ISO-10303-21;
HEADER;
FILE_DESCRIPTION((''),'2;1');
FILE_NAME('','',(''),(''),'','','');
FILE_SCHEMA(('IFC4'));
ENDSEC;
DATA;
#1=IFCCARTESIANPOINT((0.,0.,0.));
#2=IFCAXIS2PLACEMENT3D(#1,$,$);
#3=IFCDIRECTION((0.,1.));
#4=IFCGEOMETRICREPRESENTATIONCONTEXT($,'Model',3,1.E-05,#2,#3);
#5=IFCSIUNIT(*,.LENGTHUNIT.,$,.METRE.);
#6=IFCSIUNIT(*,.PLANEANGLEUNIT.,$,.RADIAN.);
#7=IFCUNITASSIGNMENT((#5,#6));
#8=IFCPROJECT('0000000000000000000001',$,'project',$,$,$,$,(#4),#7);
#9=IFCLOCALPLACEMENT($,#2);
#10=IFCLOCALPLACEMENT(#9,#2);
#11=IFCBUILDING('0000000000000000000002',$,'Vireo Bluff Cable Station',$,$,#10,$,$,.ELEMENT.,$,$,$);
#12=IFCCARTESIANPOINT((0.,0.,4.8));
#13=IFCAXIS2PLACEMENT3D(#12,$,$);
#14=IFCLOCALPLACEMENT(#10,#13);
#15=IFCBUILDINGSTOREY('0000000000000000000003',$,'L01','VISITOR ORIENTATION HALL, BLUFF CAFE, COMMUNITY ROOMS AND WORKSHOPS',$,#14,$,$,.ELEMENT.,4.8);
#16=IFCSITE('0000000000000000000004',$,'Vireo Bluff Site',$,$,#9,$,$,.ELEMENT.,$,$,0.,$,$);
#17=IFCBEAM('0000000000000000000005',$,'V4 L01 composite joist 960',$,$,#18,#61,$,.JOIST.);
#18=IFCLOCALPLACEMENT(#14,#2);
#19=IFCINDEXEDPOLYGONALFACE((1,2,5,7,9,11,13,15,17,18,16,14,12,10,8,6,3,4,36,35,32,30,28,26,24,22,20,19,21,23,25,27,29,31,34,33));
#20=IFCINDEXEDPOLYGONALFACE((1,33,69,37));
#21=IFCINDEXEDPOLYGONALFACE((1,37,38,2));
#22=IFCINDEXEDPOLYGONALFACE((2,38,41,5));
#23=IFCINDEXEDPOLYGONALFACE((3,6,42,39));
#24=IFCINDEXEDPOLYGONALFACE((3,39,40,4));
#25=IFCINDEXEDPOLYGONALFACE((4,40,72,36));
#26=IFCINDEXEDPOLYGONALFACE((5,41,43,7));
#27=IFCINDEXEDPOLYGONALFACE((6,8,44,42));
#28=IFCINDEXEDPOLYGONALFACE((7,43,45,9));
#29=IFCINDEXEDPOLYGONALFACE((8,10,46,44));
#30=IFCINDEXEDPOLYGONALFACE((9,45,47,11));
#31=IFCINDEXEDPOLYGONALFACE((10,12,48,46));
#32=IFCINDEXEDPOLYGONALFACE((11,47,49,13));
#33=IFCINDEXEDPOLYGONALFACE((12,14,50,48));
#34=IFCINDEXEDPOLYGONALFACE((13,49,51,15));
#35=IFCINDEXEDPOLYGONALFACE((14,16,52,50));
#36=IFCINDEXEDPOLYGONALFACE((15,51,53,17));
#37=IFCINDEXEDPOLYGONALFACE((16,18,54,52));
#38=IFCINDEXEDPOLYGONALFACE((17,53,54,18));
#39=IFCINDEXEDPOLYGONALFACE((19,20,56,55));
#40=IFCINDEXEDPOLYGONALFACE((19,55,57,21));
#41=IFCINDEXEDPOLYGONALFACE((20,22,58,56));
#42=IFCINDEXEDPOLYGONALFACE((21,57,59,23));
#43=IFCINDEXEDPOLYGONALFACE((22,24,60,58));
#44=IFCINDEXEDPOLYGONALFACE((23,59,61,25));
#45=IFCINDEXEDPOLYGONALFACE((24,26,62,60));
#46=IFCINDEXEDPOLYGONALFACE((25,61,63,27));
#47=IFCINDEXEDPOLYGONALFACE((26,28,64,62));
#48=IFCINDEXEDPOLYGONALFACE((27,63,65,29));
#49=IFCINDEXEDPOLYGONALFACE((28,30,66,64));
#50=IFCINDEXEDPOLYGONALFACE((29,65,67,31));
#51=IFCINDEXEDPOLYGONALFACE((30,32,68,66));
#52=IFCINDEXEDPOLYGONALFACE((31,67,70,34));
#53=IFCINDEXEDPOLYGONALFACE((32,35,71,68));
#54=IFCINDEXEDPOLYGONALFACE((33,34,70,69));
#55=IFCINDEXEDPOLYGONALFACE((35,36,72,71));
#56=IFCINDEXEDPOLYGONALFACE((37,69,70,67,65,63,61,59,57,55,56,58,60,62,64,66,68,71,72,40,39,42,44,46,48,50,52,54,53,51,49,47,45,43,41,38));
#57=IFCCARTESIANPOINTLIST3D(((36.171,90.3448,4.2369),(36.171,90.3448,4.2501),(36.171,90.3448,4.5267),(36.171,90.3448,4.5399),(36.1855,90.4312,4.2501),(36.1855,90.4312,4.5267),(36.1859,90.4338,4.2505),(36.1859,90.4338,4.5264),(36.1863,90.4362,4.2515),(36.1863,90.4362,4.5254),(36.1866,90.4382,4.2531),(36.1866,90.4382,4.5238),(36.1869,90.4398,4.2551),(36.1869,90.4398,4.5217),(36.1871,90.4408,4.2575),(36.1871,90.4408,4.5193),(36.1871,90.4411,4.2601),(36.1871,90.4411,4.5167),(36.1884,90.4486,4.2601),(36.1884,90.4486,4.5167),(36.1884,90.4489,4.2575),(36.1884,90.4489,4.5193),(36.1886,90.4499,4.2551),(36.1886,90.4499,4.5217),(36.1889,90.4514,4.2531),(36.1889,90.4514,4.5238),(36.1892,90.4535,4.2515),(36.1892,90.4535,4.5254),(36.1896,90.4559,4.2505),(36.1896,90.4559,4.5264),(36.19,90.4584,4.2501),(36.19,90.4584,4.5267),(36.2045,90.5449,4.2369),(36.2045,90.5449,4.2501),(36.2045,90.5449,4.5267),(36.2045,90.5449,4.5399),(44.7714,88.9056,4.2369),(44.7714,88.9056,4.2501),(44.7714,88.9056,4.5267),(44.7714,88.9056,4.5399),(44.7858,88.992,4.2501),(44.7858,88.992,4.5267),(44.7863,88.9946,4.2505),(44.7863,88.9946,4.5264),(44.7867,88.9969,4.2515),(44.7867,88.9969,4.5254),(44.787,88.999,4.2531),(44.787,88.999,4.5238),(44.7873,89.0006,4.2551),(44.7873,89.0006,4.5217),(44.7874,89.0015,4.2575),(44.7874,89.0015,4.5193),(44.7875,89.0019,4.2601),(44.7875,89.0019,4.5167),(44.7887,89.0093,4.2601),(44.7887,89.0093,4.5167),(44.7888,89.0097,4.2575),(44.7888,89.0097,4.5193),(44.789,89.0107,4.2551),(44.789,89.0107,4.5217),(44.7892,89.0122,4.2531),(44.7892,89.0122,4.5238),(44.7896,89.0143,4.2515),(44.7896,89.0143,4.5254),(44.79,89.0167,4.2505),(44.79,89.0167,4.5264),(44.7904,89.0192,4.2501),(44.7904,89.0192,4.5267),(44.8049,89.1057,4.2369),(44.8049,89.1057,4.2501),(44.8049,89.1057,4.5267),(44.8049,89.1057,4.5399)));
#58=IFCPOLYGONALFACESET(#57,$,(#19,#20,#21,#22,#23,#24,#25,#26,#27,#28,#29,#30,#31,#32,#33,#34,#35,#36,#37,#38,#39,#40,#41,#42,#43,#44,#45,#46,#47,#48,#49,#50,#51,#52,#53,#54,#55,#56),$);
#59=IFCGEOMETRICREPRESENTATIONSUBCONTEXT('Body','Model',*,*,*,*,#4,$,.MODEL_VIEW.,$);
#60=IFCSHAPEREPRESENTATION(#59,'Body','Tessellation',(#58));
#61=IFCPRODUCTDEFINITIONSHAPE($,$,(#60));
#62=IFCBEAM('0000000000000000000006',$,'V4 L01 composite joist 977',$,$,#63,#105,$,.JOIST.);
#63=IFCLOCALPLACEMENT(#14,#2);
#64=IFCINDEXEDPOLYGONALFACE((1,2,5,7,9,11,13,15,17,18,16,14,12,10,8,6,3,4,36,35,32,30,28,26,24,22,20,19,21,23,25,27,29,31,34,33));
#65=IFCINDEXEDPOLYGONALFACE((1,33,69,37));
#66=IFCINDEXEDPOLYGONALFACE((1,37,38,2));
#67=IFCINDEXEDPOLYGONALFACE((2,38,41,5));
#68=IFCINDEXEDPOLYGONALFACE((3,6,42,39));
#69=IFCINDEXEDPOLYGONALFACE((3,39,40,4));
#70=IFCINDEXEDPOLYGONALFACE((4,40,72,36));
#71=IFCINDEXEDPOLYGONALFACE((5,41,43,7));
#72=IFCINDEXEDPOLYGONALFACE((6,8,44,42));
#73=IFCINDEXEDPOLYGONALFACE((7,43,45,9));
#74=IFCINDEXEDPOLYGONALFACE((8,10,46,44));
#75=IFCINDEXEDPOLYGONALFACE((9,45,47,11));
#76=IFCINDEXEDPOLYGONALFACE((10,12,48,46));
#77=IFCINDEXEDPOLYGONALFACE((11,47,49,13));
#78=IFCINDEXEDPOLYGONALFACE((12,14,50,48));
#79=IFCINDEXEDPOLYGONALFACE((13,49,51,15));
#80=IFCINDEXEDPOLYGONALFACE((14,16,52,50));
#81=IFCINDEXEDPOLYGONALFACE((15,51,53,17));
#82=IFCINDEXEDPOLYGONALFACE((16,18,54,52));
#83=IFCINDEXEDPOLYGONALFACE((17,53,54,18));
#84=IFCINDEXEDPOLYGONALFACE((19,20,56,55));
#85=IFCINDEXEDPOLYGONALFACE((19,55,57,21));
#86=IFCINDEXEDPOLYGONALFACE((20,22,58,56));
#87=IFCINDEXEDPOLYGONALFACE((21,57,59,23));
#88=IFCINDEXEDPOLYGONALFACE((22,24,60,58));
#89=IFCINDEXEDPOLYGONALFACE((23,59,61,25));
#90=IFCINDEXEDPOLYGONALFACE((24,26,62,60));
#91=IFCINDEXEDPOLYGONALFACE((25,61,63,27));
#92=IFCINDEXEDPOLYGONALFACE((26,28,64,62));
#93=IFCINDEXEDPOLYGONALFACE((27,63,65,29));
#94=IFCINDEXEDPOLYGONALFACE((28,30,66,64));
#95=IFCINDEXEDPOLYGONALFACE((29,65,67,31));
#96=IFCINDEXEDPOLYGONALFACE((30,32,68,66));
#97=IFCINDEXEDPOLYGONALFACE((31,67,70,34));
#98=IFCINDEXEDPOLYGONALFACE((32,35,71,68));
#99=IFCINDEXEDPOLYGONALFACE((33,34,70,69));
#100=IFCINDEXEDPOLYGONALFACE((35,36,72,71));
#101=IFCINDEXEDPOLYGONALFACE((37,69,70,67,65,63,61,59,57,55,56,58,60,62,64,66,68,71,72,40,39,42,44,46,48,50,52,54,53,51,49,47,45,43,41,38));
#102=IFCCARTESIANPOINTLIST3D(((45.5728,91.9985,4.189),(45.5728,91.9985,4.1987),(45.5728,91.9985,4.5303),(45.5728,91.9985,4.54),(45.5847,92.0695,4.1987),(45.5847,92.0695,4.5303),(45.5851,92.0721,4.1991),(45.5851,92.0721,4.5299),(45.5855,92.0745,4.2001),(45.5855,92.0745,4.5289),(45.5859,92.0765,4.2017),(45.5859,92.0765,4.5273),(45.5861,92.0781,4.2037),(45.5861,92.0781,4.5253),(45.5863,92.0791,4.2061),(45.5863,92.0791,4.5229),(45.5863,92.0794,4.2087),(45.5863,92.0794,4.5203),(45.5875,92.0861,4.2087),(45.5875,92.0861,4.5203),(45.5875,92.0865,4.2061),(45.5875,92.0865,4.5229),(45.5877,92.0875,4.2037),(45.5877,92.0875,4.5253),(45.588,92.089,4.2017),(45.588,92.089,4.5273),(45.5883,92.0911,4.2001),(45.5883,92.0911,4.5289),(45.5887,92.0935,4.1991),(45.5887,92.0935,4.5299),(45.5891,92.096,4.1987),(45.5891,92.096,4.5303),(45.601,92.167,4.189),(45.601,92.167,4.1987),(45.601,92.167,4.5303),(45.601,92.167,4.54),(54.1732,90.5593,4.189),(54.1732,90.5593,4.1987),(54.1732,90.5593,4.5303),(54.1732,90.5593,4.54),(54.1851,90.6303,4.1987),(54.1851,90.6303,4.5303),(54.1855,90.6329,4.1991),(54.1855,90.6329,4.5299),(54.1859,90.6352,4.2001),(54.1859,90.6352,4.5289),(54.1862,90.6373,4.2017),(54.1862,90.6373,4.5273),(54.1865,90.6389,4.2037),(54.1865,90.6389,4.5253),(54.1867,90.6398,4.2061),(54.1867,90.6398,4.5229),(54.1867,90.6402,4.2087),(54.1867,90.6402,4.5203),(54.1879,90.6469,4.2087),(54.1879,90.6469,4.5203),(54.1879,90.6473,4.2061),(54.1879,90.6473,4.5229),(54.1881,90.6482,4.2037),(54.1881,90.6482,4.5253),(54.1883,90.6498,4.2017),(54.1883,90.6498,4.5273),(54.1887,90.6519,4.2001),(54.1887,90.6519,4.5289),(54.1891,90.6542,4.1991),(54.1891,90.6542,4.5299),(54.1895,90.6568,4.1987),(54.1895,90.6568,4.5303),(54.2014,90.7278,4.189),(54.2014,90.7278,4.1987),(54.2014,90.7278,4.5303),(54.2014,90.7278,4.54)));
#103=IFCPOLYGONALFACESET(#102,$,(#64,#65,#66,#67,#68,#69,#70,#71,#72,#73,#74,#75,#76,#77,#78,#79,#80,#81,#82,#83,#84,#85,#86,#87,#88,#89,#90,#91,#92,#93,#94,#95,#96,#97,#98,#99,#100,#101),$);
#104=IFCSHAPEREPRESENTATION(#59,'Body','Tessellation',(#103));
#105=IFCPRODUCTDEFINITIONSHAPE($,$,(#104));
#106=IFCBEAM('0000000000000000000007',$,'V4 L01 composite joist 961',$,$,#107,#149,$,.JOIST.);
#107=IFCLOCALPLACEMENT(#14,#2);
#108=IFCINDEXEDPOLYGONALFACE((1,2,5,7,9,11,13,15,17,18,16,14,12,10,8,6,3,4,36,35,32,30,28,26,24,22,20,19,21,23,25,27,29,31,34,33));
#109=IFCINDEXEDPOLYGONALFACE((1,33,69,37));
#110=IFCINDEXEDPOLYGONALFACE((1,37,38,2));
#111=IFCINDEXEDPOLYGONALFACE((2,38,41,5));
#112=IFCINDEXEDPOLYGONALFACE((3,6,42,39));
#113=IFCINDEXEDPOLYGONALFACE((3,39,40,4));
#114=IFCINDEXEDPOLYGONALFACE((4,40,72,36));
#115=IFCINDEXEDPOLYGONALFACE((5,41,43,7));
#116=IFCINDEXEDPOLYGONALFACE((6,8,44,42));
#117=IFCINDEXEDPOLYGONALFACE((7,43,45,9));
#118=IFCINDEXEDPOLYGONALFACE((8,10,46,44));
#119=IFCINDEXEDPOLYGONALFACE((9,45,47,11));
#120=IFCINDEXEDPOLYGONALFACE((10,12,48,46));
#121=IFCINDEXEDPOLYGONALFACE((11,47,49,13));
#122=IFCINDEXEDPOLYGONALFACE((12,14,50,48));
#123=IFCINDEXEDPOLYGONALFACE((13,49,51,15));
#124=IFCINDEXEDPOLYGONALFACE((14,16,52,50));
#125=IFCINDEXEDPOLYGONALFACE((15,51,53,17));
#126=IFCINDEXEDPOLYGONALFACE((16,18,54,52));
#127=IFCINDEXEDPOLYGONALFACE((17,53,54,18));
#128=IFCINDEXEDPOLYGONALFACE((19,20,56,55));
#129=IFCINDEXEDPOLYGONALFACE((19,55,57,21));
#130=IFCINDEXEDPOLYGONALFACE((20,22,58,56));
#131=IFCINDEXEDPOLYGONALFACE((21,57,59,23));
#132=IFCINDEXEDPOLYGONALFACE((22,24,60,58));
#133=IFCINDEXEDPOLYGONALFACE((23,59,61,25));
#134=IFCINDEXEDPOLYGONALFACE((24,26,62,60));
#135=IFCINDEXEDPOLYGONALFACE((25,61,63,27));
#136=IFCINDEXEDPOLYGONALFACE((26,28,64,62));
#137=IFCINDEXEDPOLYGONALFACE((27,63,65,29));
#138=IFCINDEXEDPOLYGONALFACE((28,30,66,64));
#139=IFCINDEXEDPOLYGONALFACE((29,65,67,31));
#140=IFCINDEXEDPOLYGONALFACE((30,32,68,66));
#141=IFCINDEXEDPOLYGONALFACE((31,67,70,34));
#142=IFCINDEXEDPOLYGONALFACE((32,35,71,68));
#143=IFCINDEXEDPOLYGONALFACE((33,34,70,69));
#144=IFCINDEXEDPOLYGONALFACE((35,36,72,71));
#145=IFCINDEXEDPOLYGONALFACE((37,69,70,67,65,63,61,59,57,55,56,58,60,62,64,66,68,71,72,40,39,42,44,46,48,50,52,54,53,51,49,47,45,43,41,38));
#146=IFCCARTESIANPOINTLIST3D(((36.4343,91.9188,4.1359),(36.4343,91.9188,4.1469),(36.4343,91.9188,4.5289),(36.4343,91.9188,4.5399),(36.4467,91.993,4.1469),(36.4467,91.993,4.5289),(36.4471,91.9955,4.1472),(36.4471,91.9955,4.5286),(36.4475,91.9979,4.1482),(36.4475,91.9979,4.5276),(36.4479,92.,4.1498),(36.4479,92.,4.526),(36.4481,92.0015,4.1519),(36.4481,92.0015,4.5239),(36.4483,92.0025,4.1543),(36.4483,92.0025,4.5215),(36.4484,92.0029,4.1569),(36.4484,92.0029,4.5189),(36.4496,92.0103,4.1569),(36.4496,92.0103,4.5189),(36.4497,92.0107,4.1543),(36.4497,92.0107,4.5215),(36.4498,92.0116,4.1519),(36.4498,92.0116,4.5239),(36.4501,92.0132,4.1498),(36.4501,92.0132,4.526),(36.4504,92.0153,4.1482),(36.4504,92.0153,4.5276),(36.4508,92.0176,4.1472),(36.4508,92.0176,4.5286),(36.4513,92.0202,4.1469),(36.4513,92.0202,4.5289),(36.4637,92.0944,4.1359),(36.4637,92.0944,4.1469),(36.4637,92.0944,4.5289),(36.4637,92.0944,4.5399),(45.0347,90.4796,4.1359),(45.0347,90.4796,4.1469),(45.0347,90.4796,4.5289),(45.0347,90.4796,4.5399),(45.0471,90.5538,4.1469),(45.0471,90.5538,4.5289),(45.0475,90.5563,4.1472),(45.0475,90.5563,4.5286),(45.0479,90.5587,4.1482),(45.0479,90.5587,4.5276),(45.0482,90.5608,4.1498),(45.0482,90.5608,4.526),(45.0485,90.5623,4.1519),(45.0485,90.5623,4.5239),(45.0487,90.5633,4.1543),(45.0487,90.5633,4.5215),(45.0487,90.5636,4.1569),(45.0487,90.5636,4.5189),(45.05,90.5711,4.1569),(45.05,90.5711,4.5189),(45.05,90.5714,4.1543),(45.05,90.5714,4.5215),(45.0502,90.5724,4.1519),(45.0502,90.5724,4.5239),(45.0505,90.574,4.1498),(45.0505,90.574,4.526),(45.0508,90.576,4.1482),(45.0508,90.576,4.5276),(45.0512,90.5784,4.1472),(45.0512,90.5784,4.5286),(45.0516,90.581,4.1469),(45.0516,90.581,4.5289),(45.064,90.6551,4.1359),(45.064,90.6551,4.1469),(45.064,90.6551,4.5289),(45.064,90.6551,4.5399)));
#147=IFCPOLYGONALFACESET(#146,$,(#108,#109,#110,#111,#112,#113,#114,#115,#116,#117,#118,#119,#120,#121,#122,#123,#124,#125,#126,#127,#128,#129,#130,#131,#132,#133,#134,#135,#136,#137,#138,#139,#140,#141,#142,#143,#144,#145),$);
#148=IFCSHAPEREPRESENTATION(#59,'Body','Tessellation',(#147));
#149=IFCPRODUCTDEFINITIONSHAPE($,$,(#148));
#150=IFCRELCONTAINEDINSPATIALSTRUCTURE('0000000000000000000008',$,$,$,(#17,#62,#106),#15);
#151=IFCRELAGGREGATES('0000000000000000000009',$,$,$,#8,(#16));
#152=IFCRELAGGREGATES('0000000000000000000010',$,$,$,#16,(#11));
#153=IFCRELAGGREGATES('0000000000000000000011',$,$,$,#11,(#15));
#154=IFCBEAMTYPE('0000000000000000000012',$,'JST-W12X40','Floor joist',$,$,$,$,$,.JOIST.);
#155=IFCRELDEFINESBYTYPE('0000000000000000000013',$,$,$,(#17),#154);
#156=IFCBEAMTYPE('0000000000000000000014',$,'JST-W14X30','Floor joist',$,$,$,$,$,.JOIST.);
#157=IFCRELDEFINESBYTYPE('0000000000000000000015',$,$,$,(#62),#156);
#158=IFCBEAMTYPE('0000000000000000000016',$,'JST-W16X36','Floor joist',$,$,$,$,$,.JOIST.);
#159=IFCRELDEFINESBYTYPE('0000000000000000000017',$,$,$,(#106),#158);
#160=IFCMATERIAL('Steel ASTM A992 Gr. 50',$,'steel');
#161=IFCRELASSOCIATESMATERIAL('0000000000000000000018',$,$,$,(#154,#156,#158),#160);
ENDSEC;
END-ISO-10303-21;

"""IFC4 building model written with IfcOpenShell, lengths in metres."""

from ifc_helpers import new_model, si_unit, direction, frame, origin, origin_2d, place, context, subcontext, project, spatial, i_section, extrude, material, material_profile, profile_set, type_object, element, save


model = new_model("IFC4")

# Units and contexts
model_context = context("Model", 3, precision=1e-05, world=origin(), true_north=direction((0.0, 1.0)))
body_context = subcontext(model_context, "Body", "Model", "MODEL_VIEW")
ifc_project = project(units=[si_unit("LENGTHUNIT", "METRE"), si_unit("PLANEANGLEUNIT", "RADIAN")], contexts=[model_context])

# Site, building, storey
site_placement = place(None, origin())
site = spatial("IfcSite", under=ifc_project, at=site_placement, Name="Vireo Bluff Site", CompositionType="ELEMENT", RefElevation=0.0)
building_placement = place(site_placement, origin())
building = spatial("IfcBuilding", under=site, at=building_placement, Name="Vireo Bluff Cable Station", CompositionType="ELEMENT")
storey_placement = place(building_placement, frame((0.0, 0.0, 4.8)))
storey = spatial("IfcBuildingStorey", under=building, at=storey_placement, Name="L01", Description="VISITOR ORIENTATION HALL, BLUFF CAFE, COMMUNITY ROOMS AND WORKSHOPS", CompositionType="ELEMENT", Elevation=4.8)

# Shared definitions
ifc_material_1 = material(Name="Steel ASTM A992 Gr. 50", Category="steel")

# Beams
ifc_material_profile_1 = material_profile(ifc_material_1, i_section(OverallWidth=0.2029, OverallDepth=0.303, WebThickness=0.0076, FlangeThickness=0.0132, FilletRadius=0.01, at=origin_2d()), Name="W12X40")
ifc_profile_set_1 = profile_set([ifc_material_profile_1], Name="Steel ASTM A992 Gr. 50")
beam_type_1 = type_object("IfcBeamType", Name="JST-W12X40", Description="Floor joist", PredefinedType="JOIST", material=ifc_profile_set_1)
beam_1_placement = place(storey_placement, frame((36.1877, 90.4448, 4.3884), z_axis=(0.986286, -0.165048, 0.0), x_axis=(0.165048, 0.986286, 0.0)))
element("IfcBeam", 1, at=beam_1_placement, inside=storey, type_object=beam_type_1, Name="V4 L01 composite joist 960", PredefinedType="JOIST", context=body_context, shape_type="SweptSolid", body=[
    extrude(i_section(OverallWidth=0.2029, OverallDepth=0.303, WebThickness=0.0076, FlangeThickness=0.0132, FilletRadius=0.01, at=origin_2d()), origin(), (0.0, 0.0, 1.0), 8.72),
])
ifc_material_profile_2 = material_profile(ifc_material_1, i_section(OverallWidth=0.1709, OverallDepth=0.3511, WebThickness=0.0068, FlangeThickness=0.0098, FilletRadius=0.01, at=origin_2d()), Name="W14X30")
ifc_profile_set_2 = profile_set([ifc_material_profile_2], Name="Steel ASTM A992 Gr. 50")
beam_type_2 = type_object("IfcBeamType", Name="JST-W14X30", Description="Floor joist", PredefinedType="JOIST", material=ifc_profile_set_2)
beam_2_placement = place(storey_placement, frame((45.5869, 92.0828, 4.3645), z_axis=(0.986286, -0.165048, 0.0), x_axis=(0.165048, 0.986286, 0.0)))
element("IfcBeam", 2, at=beam_2_placement, inside=storey, type_object=beam_type_2, Name="V4 L01 composite joist 977", PredefinedType="JOIST", context=body_context, shape_type="SweptSolid", body=[
    extrude(i_section(OverallWidth=0.1709, OverallDepth=0.3511, WebThickness=0.0068, FlangeThickness=0.0098, FilletRadius=0.01, at=origin_2d()), origin(), (0.0, 0.0, 1.0), 8.72),
])
ifc_material_profile_3 = material_profile(ifc_material_1, i_section(OverallWidth=0.178, OverallDepth=0.4041, WebThickness=0.0076, FlangeThickness=0.011, FilletRadius=0.01, at=origin_2d()), Name="W16X36")
ifc_profile_set_3 = profile_set([ifc_material_profile_3], Name="Steel ASTM A992 Gr. 50")
beam_type_3 = type_object("IfcBeamType", Name="JST-W16X36", Description="Floor joist", PredefinedType="JOIST", material=ifc_profile_set_3)
beam_3_placement = place(storey_placement, frame((36.449, 92.0066, 4.3379), z_axis=(0.986286, -0.165048, 0.0), x_axis=(0.165048, 0.986286, 0.0)))
element("IfcBeam", 3, at=beam_3_placement, inside=storey, type_object=beam_type_3, Name="V4 L01 composite joist 961", PredefinedType="JOIST", context=body_context, shape_type="SweptSolid", body=[
    extrude(i_section(OverallWidth=0.178, OverallDepth=0.4041, WebThickness=0.0076, FlangeThickness=0.011, FilletRadius=0.01, at=origin_2d()), origin(), (0.0, 0.0, 1.0), 8.72),
])

save(model, "model.ifc")
